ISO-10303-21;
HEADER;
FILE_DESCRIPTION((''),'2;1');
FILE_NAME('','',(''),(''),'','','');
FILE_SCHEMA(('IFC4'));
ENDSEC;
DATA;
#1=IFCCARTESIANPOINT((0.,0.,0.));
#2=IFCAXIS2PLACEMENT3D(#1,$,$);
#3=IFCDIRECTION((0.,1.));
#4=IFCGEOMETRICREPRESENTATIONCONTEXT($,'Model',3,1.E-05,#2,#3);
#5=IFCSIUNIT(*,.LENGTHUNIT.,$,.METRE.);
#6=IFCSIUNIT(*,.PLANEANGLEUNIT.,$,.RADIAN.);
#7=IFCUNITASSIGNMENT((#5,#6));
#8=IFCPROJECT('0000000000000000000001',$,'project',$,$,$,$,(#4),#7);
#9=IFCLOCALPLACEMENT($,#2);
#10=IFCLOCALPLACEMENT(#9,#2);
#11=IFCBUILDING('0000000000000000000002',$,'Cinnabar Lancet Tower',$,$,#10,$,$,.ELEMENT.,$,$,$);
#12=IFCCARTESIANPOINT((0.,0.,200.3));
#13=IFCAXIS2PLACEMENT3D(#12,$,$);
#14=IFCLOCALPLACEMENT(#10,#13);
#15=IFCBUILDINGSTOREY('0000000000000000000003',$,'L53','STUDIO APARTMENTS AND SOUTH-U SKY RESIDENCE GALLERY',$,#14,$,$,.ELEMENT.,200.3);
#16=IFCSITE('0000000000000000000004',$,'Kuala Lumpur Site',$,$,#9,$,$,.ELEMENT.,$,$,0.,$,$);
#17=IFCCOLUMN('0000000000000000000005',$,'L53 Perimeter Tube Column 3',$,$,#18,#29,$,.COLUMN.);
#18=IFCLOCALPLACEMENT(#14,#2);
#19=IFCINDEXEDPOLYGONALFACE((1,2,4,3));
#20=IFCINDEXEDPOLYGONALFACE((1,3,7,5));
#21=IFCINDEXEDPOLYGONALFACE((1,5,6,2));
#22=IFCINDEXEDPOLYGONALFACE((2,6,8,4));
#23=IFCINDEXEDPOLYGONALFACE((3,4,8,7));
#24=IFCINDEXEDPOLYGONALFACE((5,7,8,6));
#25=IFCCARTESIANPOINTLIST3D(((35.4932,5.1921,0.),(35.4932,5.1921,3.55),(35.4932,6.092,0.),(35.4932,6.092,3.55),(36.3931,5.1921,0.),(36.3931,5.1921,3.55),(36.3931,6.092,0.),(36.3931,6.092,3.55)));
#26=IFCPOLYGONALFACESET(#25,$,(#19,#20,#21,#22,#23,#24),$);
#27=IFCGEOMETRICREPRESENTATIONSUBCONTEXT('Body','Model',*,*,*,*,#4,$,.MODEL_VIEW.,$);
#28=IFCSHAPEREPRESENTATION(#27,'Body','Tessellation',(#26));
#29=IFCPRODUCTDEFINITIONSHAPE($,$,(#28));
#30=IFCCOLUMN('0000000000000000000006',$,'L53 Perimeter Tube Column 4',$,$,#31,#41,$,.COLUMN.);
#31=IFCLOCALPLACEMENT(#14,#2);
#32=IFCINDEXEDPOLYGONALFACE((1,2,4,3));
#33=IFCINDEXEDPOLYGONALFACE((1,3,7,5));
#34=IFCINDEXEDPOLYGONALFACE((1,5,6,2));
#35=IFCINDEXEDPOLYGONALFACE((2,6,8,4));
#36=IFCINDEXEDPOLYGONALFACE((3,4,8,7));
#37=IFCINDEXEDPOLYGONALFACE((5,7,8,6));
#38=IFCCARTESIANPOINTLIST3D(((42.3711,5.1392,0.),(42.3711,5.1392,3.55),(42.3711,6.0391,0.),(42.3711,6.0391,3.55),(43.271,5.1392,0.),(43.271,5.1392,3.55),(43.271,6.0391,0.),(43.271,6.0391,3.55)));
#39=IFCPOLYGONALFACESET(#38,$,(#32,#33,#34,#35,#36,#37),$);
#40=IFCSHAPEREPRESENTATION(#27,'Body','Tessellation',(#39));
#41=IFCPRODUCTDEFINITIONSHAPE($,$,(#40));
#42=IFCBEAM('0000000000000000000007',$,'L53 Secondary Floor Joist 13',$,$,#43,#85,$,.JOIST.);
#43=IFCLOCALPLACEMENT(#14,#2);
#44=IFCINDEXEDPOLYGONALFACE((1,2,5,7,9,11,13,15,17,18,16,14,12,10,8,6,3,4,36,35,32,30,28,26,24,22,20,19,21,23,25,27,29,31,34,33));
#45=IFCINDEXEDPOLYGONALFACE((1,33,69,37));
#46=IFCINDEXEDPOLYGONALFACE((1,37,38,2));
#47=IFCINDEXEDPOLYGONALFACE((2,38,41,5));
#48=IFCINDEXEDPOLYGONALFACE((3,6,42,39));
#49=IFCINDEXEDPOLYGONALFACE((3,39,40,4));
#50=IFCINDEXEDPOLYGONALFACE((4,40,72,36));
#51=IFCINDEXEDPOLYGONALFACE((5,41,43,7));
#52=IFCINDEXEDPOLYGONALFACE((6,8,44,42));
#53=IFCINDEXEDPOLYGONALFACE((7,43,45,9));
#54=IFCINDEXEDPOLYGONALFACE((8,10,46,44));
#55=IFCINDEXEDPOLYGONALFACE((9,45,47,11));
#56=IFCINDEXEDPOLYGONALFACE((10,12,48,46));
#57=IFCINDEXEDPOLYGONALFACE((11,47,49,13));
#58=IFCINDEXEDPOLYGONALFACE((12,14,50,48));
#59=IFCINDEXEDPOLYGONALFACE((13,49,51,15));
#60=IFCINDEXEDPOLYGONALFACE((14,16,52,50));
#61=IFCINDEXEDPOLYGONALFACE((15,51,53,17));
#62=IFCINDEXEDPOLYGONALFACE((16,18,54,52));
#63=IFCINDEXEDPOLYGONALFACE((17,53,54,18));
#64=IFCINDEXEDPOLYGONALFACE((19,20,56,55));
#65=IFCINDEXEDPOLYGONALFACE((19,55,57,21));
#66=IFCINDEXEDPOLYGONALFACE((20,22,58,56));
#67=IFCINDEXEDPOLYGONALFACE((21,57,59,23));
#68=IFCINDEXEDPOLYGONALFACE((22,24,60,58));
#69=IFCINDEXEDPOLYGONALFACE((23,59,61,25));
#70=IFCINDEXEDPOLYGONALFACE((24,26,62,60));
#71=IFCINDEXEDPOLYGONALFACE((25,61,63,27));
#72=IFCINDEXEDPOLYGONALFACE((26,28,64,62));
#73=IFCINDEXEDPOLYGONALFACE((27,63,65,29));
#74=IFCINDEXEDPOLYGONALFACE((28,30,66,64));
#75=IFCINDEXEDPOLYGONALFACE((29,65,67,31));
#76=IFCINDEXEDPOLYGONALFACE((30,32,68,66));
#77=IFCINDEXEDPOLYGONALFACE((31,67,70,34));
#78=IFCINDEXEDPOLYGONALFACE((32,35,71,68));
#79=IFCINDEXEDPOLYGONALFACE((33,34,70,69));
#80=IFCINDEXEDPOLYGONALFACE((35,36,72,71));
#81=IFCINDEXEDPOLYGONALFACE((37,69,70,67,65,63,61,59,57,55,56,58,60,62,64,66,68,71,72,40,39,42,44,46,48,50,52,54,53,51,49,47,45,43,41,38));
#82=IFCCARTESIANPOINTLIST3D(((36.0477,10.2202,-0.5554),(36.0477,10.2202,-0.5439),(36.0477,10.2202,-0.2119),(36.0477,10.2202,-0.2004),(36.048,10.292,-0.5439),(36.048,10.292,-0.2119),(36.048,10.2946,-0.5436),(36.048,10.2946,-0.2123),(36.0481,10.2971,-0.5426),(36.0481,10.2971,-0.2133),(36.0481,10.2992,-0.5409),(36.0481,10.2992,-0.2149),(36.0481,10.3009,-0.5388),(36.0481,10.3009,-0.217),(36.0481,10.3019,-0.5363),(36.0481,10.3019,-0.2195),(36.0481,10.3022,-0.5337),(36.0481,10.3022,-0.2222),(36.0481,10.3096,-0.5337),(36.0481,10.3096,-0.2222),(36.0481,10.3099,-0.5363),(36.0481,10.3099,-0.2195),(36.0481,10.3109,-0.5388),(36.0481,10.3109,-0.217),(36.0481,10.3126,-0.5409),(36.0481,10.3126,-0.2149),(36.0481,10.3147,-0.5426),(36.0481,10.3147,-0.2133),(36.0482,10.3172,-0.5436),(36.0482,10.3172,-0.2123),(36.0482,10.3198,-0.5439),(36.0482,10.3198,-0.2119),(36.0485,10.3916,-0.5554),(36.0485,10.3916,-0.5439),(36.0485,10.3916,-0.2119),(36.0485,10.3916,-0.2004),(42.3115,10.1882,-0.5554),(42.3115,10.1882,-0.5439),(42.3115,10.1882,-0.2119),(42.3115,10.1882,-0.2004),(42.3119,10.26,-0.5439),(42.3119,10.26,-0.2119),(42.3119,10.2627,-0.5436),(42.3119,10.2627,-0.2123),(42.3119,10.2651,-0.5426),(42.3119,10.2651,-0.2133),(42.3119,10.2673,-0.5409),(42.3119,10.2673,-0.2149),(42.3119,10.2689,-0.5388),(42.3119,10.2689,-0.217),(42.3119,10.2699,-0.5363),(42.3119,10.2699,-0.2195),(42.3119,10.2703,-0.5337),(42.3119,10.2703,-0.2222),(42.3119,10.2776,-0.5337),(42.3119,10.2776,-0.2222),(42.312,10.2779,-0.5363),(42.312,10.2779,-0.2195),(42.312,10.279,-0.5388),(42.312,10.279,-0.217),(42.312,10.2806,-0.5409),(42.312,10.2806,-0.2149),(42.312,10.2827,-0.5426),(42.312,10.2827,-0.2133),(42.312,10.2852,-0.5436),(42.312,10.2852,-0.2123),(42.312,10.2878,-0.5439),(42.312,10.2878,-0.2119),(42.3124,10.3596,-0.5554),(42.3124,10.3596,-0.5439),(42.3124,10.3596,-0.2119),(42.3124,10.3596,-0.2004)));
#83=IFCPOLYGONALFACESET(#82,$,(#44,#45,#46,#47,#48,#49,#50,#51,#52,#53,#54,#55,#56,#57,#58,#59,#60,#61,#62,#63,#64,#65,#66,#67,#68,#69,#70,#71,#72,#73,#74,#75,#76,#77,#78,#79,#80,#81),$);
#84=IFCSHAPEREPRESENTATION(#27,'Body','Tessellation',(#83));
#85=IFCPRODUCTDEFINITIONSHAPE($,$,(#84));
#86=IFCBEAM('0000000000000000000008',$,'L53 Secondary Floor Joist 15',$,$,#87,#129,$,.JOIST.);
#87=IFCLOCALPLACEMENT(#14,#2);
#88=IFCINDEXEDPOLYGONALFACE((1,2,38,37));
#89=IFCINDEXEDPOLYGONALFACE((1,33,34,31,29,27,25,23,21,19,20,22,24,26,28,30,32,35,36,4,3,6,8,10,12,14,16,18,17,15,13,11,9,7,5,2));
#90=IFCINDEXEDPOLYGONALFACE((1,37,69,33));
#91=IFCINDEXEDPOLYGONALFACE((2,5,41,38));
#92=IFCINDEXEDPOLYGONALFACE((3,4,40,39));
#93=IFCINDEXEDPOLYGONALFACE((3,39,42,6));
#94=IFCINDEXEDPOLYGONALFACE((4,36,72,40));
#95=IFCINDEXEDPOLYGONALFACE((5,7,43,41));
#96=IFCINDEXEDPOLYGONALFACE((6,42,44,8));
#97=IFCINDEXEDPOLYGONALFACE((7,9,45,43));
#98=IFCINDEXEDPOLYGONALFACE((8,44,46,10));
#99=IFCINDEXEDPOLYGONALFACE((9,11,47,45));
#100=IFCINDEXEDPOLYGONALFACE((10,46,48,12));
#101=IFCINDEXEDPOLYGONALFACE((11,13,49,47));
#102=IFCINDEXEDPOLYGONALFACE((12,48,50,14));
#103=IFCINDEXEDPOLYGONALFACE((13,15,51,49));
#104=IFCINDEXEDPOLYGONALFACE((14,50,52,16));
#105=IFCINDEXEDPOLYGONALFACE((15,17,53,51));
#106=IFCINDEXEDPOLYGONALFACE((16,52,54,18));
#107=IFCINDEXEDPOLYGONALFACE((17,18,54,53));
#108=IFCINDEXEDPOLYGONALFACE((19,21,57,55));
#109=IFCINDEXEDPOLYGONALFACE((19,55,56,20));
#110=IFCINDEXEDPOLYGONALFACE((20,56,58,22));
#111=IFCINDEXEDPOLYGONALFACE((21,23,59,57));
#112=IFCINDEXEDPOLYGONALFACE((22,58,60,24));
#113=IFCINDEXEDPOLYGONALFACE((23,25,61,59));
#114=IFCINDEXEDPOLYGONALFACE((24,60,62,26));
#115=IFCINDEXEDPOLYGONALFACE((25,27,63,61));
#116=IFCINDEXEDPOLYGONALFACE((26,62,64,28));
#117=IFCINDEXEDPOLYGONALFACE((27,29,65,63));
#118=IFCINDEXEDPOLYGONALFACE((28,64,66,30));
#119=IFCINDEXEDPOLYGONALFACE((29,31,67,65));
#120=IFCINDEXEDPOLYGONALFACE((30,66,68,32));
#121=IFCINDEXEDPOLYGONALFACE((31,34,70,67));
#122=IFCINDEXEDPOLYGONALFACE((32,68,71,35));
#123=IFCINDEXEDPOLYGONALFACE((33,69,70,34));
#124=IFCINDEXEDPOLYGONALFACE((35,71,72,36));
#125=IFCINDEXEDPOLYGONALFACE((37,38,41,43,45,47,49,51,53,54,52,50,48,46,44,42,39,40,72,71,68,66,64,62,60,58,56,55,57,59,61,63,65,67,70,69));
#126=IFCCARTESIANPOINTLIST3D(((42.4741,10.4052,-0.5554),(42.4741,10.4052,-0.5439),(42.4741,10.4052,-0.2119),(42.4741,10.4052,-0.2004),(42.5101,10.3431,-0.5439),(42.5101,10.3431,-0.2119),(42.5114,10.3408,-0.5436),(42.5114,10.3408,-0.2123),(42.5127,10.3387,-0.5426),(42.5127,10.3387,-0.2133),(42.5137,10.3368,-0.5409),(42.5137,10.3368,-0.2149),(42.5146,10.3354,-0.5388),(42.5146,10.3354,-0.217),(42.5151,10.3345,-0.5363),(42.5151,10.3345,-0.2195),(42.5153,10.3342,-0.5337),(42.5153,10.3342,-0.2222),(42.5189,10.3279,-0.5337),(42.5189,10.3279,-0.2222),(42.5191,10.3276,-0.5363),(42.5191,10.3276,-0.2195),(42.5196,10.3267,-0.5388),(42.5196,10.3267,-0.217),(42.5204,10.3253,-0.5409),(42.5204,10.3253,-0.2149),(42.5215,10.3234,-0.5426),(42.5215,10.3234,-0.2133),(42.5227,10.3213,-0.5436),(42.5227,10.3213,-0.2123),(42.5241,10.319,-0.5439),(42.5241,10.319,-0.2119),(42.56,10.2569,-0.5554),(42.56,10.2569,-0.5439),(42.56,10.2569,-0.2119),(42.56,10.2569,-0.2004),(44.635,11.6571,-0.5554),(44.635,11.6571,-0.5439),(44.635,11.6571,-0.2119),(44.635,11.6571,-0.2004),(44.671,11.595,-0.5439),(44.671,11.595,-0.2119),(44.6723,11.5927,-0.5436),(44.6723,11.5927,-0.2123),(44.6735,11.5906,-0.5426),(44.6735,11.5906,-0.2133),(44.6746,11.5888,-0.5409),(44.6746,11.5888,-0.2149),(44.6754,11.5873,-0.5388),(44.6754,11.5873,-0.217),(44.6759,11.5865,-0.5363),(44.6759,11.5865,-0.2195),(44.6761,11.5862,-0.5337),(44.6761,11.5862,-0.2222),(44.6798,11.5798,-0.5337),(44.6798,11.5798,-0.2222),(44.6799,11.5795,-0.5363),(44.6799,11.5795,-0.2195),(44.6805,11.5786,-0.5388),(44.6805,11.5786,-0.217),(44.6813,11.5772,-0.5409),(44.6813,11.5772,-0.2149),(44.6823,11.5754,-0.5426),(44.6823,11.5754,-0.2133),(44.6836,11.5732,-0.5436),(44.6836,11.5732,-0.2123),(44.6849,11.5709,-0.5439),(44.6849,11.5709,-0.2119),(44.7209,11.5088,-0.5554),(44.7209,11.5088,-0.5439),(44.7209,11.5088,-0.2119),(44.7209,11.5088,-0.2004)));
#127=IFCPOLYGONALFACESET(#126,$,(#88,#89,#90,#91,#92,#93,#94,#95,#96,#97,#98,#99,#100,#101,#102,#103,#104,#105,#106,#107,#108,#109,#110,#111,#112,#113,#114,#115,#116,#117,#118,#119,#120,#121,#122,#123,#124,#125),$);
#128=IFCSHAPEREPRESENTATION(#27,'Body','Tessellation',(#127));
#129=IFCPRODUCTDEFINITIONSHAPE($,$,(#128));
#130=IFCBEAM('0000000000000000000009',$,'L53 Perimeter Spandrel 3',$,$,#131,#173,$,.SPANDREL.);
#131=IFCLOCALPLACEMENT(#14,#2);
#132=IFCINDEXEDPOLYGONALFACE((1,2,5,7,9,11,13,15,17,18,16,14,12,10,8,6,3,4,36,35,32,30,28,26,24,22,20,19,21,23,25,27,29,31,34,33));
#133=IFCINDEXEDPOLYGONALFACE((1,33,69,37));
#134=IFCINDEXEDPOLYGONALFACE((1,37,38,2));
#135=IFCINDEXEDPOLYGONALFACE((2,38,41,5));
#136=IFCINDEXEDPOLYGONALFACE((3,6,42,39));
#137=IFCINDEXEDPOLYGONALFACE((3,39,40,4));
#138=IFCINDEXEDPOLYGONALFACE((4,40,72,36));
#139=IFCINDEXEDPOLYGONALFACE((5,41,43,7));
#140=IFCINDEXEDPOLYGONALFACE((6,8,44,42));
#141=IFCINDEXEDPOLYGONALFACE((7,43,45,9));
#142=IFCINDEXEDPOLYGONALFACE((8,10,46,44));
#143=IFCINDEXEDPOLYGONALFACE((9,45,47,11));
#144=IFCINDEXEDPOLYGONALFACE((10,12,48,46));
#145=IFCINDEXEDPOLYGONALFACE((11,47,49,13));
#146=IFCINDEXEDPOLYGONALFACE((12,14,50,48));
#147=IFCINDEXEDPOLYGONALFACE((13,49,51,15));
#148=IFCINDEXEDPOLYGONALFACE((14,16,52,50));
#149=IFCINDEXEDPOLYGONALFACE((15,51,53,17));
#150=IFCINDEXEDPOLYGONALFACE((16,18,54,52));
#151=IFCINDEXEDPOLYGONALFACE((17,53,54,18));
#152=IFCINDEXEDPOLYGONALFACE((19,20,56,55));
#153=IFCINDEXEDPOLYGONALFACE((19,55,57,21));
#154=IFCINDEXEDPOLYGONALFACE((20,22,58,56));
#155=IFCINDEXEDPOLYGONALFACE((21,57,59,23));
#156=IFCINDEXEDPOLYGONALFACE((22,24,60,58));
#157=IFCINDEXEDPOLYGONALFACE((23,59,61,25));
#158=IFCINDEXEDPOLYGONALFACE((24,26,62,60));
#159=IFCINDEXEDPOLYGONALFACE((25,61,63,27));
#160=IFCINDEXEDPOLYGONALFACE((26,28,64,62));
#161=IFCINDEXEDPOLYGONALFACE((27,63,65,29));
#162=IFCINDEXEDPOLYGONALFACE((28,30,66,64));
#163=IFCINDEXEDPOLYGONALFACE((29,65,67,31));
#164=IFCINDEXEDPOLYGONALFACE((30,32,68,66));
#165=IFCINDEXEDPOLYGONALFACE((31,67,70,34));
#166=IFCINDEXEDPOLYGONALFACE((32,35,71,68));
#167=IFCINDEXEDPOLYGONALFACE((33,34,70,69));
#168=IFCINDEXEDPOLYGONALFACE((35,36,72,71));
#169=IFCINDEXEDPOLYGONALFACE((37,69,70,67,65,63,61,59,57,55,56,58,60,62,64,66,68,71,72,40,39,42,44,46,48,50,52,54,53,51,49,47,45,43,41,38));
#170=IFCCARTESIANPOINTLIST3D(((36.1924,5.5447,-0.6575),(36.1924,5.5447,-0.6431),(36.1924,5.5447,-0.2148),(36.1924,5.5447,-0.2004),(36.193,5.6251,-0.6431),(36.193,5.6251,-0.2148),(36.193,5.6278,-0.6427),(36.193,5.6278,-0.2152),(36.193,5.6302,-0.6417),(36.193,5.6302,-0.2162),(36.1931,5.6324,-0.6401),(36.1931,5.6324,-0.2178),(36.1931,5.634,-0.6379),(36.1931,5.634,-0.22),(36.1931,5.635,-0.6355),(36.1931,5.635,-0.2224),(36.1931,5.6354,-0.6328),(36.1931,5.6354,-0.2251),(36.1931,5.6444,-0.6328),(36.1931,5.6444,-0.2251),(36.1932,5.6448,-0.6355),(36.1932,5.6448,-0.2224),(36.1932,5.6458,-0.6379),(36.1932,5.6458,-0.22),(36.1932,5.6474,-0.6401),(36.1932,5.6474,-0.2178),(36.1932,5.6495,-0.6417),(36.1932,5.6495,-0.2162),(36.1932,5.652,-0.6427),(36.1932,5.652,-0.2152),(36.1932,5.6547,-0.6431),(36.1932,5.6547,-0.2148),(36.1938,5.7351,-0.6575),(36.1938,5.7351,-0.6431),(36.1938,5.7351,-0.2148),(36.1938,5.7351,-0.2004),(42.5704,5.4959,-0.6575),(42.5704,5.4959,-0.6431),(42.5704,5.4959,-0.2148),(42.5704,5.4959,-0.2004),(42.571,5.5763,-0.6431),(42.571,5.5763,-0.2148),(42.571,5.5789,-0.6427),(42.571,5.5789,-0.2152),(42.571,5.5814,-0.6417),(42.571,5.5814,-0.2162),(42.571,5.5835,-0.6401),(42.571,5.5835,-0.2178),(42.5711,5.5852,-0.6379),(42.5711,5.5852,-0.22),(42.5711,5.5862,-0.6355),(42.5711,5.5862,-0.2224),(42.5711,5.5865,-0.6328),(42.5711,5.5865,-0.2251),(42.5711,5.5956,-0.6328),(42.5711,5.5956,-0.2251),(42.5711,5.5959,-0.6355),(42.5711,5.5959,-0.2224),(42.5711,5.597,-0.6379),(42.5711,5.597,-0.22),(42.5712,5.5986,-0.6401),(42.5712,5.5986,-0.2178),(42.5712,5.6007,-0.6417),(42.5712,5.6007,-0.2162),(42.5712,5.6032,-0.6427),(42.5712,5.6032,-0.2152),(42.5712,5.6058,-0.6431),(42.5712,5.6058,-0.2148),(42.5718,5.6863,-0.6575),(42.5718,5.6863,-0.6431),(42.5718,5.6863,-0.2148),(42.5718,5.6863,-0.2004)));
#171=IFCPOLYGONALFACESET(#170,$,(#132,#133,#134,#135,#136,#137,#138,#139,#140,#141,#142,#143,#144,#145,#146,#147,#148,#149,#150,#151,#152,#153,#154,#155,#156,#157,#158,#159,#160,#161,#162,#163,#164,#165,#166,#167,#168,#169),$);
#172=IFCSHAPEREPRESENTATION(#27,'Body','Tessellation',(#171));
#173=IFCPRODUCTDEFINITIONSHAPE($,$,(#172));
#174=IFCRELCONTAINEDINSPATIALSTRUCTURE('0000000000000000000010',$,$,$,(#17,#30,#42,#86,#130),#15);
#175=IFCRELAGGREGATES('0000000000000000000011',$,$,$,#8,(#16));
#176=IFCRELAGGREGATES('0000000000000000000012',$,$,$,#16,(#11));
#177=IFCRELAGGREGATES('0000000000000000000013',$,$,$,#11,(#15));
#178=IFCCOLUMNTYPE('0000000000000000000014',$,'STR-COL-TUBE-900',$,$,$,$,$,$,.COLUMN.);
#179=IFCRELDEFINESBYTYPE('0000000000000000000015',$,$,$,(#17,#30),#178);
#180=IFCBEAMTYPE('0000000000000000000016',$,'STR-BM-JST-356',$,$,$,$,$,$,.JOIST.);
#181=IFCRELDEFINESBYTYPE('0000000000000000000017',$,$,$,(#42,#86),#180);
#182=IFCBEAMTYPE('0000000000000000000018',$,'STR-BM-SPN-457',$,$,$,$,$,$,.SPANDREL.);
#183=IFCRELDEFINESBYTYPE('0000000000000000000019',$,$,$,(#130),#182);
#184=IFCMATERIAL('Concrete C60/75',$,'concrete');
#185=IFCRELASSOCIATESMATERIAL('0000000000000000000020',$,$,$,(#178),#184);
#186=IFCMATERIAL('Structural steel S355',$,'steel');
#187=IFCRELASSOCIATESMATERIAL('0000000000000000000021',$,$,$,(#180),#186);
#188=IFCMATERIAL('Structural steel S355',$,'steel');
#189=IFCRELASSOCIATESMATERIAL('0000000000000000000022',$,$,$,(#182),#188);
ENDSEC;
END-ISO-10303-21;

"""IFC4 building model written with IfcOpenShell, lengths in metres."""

from ifc_helpers import new_model, si_unit, direction, frame, origin, origin_2d, place, context, subcontext, project, spatial, rectangle, i_section, extrude, material, material_profile, profile_set, type_object, element, save


model = new_model("IFC4")

# Units and contexts
model_context = context("Model", 3, precision=1e-05, world=origin(), true_north=direction((0.0, 1.0)))
body_context = subcontext(model_context, "Body", "Model", "MODEL_VIEW")
ifc_project = project(units=[si_unit("LENGTHUNIT", "METRE"), si_unit("PLANEANGLEUNIT", "RADIAN")], contexts=[model_context])

# Site, building, storey
site_placement = place(None, origin())
site = spatial("IfcSite", under=ifc_project, at=site_placement, Name="Kuala Lumpur Site", CompositionType="ELEMENT", RefElevation=0.0)
building_placement = place(site_placement, origin())
building = spatial("IfcBuilding", under=site, at=building_placement, Name="Cinnabar Lancet Tower", CompositionType="ELEMENT")
storey_placement = place(building_placement, frame((0.0, 0.0, 200.3)))
storey = spatial("IfcBuildingStorey", under=building, at=storey_placement, Name="L53", Description="STUDIO APARTMENTS AND SOUTH-U SKY RESIDENCE GALLERY", CompositionType="ELEMENT", Elevation=200.3)

# Columns
ifc_material_1 = material(Name="Concrete C60/75", Category="concrete")
ifc_material_profile_1 = material_profile(ifc_material_1, rectangle(XDim=0.8999, YDim=0.8999, at=origin_2d()), Name="RC-COL 900x900")
ifc_profile_set_1 = profile_set([ifc_material_profile_1], Name="Concrete C60/75")
column_type = type_object("IfcColumnType", Name="STR-COL-TUBE-900", PredefinedType="COLUMN", material=ifc_profile_set_1)
for number, where, z_axis, x_axis, name in (
    (1, (35.9431, 5.6421, 0.0), (0.0, 0.0, 1.0), (1.0, 0.0, 0.0), "L53 Perimeter Tube Column 3"),
    (2, (42.821, 5.5891, 0.0), (0.0, 0.0, 1.0), (1.0, 0.0, 0.0), "L53 Perimeter Tube Column 4"),
):
    element("IfcColumn", number, at=place(storey_placement, frame(where, z_axis=z_axis, x_axis=x_axis)), inside=storey, type_object=column_type, Name=name, PredefinedType="COLUMN", context=body_context, shape_type="SweptSolid", body=[
        extrude(rectangle(XDim=0.8999, YDim=0.8999, at=origin_2d()), origin(), (0.0, 0.0, 1.0), 3.55),
    ])

# Beams
ifc_material_2 = material(Name="Structural steel S355", Category="steel")
ifc_material_profile_2 = material_profile(ifc_material_2, i_section(OverallWidth=0.1714, OverallDepth=0.355, WebThickness=0.0073, FlangeThickness=0.0115, FilletRadius=0.0103, at=origin_2d()), Name="UKB 356x171x51")
ifc_profile_set_2 = profile_set([ifc_material_profile_2], Name="Structural steel S355")
beam_type_1 = type_object("IfcBeamType", Name="STR-BM-JST-356", PredefinedType="JOIST", material=ifc_profile_set_2)
beam_1_placement = place(storey_placement, frame((36.0481, 10.3059, -0.3779), z_axis=(0.999987, -0.005106, 0.0), x_axis=(0.005106, 0.999987, 0.0)))
element("IfcBeam", 3, at=beam_1_placement, inside=storey, type_object=beam_type_1, Name="L53 Secondary Floor Joist 13", PredefinedType="JOIST", context=body_context, shape_type="SweptSolid", body=[
    extrude(i_section(OverallWidth=0.1714, OverallDepth=0.355, WebThickness=0.0073, FlangeThickness=0.0115, FilletRadius=0.0103, at=origin_2d()), origin(), (0.0, 0.0, 1.0), 6.2639),
])
beam_2_placement = place(storey_placement, frame((42.5171, 10.3311, -0.3779), z_axis=(0.865268, 0.50131, 0.0), x_axis=(-0.50131, 0.865268, 0.0)))
element("IfcBeam", 4, at=beam_2_placement, inside=storey, type_object=beam_type_1, Name="L53 Secondary Floor Joist 15", PredefinedType="JOIST", context=body_context, shape_type="SweptSolid", body=[
    extrude(i_section(OverallWidth=0.1714, OverallDepth=0.355, WebThickness=0.0073, FlangeThickness=0.0115, FilletRadius=0.0103, at=origin_2d()), origin(), (0.0, 0.0, 1.0), 2.4973),
])
ifc_material_3 = material(Name="Structural steel S355", Category="steel")
ifc_material_profile_3 = material_profile(ifc_material_3, i_section(OverallWidth=0.1904, OverallDepth=0.457, WebThickness=0.009, FlangeThickness=0.0144, FilletRadius=0.0103, at=origin_2d()), Name="UKB 457x191x74")
ifc_profile_set_3 = profile_set([ifc_material_profile_3], Name="Structural steel S355")
beam_type_2 = type_object("IfcBeamType", Name="STR-BM-SPN-457", PredefinedType="SPANDREL", material=ifc_profile_set_3)
beam_3_placement = place(storey_placement, frame((36.1931, 5.6399, -0.429), z_axis=(0.999971, -0.007656, 0.0), x_axis=(0.007656, 0.999971, 0.0)))
element("IfcBeam", 5, at=beam_3_placement, inside=storey, type_object=beam_type_2, Name="L53 Perimeter Spandrel 3", PredefinedType="SPANDREL", context=body_context, shape_type="SweptSolid", body=[
    extrude(i_section(OverallWidth=0.1904, OverallDepth=0.457, WebThickness=0.009, FlangeThickness=0.0144, FilletRadius=0.0103, at=origin_2d()), origin(), (0.0, 0.0, 1.0), 6.3782),
])

save(model, "model.ifc")
